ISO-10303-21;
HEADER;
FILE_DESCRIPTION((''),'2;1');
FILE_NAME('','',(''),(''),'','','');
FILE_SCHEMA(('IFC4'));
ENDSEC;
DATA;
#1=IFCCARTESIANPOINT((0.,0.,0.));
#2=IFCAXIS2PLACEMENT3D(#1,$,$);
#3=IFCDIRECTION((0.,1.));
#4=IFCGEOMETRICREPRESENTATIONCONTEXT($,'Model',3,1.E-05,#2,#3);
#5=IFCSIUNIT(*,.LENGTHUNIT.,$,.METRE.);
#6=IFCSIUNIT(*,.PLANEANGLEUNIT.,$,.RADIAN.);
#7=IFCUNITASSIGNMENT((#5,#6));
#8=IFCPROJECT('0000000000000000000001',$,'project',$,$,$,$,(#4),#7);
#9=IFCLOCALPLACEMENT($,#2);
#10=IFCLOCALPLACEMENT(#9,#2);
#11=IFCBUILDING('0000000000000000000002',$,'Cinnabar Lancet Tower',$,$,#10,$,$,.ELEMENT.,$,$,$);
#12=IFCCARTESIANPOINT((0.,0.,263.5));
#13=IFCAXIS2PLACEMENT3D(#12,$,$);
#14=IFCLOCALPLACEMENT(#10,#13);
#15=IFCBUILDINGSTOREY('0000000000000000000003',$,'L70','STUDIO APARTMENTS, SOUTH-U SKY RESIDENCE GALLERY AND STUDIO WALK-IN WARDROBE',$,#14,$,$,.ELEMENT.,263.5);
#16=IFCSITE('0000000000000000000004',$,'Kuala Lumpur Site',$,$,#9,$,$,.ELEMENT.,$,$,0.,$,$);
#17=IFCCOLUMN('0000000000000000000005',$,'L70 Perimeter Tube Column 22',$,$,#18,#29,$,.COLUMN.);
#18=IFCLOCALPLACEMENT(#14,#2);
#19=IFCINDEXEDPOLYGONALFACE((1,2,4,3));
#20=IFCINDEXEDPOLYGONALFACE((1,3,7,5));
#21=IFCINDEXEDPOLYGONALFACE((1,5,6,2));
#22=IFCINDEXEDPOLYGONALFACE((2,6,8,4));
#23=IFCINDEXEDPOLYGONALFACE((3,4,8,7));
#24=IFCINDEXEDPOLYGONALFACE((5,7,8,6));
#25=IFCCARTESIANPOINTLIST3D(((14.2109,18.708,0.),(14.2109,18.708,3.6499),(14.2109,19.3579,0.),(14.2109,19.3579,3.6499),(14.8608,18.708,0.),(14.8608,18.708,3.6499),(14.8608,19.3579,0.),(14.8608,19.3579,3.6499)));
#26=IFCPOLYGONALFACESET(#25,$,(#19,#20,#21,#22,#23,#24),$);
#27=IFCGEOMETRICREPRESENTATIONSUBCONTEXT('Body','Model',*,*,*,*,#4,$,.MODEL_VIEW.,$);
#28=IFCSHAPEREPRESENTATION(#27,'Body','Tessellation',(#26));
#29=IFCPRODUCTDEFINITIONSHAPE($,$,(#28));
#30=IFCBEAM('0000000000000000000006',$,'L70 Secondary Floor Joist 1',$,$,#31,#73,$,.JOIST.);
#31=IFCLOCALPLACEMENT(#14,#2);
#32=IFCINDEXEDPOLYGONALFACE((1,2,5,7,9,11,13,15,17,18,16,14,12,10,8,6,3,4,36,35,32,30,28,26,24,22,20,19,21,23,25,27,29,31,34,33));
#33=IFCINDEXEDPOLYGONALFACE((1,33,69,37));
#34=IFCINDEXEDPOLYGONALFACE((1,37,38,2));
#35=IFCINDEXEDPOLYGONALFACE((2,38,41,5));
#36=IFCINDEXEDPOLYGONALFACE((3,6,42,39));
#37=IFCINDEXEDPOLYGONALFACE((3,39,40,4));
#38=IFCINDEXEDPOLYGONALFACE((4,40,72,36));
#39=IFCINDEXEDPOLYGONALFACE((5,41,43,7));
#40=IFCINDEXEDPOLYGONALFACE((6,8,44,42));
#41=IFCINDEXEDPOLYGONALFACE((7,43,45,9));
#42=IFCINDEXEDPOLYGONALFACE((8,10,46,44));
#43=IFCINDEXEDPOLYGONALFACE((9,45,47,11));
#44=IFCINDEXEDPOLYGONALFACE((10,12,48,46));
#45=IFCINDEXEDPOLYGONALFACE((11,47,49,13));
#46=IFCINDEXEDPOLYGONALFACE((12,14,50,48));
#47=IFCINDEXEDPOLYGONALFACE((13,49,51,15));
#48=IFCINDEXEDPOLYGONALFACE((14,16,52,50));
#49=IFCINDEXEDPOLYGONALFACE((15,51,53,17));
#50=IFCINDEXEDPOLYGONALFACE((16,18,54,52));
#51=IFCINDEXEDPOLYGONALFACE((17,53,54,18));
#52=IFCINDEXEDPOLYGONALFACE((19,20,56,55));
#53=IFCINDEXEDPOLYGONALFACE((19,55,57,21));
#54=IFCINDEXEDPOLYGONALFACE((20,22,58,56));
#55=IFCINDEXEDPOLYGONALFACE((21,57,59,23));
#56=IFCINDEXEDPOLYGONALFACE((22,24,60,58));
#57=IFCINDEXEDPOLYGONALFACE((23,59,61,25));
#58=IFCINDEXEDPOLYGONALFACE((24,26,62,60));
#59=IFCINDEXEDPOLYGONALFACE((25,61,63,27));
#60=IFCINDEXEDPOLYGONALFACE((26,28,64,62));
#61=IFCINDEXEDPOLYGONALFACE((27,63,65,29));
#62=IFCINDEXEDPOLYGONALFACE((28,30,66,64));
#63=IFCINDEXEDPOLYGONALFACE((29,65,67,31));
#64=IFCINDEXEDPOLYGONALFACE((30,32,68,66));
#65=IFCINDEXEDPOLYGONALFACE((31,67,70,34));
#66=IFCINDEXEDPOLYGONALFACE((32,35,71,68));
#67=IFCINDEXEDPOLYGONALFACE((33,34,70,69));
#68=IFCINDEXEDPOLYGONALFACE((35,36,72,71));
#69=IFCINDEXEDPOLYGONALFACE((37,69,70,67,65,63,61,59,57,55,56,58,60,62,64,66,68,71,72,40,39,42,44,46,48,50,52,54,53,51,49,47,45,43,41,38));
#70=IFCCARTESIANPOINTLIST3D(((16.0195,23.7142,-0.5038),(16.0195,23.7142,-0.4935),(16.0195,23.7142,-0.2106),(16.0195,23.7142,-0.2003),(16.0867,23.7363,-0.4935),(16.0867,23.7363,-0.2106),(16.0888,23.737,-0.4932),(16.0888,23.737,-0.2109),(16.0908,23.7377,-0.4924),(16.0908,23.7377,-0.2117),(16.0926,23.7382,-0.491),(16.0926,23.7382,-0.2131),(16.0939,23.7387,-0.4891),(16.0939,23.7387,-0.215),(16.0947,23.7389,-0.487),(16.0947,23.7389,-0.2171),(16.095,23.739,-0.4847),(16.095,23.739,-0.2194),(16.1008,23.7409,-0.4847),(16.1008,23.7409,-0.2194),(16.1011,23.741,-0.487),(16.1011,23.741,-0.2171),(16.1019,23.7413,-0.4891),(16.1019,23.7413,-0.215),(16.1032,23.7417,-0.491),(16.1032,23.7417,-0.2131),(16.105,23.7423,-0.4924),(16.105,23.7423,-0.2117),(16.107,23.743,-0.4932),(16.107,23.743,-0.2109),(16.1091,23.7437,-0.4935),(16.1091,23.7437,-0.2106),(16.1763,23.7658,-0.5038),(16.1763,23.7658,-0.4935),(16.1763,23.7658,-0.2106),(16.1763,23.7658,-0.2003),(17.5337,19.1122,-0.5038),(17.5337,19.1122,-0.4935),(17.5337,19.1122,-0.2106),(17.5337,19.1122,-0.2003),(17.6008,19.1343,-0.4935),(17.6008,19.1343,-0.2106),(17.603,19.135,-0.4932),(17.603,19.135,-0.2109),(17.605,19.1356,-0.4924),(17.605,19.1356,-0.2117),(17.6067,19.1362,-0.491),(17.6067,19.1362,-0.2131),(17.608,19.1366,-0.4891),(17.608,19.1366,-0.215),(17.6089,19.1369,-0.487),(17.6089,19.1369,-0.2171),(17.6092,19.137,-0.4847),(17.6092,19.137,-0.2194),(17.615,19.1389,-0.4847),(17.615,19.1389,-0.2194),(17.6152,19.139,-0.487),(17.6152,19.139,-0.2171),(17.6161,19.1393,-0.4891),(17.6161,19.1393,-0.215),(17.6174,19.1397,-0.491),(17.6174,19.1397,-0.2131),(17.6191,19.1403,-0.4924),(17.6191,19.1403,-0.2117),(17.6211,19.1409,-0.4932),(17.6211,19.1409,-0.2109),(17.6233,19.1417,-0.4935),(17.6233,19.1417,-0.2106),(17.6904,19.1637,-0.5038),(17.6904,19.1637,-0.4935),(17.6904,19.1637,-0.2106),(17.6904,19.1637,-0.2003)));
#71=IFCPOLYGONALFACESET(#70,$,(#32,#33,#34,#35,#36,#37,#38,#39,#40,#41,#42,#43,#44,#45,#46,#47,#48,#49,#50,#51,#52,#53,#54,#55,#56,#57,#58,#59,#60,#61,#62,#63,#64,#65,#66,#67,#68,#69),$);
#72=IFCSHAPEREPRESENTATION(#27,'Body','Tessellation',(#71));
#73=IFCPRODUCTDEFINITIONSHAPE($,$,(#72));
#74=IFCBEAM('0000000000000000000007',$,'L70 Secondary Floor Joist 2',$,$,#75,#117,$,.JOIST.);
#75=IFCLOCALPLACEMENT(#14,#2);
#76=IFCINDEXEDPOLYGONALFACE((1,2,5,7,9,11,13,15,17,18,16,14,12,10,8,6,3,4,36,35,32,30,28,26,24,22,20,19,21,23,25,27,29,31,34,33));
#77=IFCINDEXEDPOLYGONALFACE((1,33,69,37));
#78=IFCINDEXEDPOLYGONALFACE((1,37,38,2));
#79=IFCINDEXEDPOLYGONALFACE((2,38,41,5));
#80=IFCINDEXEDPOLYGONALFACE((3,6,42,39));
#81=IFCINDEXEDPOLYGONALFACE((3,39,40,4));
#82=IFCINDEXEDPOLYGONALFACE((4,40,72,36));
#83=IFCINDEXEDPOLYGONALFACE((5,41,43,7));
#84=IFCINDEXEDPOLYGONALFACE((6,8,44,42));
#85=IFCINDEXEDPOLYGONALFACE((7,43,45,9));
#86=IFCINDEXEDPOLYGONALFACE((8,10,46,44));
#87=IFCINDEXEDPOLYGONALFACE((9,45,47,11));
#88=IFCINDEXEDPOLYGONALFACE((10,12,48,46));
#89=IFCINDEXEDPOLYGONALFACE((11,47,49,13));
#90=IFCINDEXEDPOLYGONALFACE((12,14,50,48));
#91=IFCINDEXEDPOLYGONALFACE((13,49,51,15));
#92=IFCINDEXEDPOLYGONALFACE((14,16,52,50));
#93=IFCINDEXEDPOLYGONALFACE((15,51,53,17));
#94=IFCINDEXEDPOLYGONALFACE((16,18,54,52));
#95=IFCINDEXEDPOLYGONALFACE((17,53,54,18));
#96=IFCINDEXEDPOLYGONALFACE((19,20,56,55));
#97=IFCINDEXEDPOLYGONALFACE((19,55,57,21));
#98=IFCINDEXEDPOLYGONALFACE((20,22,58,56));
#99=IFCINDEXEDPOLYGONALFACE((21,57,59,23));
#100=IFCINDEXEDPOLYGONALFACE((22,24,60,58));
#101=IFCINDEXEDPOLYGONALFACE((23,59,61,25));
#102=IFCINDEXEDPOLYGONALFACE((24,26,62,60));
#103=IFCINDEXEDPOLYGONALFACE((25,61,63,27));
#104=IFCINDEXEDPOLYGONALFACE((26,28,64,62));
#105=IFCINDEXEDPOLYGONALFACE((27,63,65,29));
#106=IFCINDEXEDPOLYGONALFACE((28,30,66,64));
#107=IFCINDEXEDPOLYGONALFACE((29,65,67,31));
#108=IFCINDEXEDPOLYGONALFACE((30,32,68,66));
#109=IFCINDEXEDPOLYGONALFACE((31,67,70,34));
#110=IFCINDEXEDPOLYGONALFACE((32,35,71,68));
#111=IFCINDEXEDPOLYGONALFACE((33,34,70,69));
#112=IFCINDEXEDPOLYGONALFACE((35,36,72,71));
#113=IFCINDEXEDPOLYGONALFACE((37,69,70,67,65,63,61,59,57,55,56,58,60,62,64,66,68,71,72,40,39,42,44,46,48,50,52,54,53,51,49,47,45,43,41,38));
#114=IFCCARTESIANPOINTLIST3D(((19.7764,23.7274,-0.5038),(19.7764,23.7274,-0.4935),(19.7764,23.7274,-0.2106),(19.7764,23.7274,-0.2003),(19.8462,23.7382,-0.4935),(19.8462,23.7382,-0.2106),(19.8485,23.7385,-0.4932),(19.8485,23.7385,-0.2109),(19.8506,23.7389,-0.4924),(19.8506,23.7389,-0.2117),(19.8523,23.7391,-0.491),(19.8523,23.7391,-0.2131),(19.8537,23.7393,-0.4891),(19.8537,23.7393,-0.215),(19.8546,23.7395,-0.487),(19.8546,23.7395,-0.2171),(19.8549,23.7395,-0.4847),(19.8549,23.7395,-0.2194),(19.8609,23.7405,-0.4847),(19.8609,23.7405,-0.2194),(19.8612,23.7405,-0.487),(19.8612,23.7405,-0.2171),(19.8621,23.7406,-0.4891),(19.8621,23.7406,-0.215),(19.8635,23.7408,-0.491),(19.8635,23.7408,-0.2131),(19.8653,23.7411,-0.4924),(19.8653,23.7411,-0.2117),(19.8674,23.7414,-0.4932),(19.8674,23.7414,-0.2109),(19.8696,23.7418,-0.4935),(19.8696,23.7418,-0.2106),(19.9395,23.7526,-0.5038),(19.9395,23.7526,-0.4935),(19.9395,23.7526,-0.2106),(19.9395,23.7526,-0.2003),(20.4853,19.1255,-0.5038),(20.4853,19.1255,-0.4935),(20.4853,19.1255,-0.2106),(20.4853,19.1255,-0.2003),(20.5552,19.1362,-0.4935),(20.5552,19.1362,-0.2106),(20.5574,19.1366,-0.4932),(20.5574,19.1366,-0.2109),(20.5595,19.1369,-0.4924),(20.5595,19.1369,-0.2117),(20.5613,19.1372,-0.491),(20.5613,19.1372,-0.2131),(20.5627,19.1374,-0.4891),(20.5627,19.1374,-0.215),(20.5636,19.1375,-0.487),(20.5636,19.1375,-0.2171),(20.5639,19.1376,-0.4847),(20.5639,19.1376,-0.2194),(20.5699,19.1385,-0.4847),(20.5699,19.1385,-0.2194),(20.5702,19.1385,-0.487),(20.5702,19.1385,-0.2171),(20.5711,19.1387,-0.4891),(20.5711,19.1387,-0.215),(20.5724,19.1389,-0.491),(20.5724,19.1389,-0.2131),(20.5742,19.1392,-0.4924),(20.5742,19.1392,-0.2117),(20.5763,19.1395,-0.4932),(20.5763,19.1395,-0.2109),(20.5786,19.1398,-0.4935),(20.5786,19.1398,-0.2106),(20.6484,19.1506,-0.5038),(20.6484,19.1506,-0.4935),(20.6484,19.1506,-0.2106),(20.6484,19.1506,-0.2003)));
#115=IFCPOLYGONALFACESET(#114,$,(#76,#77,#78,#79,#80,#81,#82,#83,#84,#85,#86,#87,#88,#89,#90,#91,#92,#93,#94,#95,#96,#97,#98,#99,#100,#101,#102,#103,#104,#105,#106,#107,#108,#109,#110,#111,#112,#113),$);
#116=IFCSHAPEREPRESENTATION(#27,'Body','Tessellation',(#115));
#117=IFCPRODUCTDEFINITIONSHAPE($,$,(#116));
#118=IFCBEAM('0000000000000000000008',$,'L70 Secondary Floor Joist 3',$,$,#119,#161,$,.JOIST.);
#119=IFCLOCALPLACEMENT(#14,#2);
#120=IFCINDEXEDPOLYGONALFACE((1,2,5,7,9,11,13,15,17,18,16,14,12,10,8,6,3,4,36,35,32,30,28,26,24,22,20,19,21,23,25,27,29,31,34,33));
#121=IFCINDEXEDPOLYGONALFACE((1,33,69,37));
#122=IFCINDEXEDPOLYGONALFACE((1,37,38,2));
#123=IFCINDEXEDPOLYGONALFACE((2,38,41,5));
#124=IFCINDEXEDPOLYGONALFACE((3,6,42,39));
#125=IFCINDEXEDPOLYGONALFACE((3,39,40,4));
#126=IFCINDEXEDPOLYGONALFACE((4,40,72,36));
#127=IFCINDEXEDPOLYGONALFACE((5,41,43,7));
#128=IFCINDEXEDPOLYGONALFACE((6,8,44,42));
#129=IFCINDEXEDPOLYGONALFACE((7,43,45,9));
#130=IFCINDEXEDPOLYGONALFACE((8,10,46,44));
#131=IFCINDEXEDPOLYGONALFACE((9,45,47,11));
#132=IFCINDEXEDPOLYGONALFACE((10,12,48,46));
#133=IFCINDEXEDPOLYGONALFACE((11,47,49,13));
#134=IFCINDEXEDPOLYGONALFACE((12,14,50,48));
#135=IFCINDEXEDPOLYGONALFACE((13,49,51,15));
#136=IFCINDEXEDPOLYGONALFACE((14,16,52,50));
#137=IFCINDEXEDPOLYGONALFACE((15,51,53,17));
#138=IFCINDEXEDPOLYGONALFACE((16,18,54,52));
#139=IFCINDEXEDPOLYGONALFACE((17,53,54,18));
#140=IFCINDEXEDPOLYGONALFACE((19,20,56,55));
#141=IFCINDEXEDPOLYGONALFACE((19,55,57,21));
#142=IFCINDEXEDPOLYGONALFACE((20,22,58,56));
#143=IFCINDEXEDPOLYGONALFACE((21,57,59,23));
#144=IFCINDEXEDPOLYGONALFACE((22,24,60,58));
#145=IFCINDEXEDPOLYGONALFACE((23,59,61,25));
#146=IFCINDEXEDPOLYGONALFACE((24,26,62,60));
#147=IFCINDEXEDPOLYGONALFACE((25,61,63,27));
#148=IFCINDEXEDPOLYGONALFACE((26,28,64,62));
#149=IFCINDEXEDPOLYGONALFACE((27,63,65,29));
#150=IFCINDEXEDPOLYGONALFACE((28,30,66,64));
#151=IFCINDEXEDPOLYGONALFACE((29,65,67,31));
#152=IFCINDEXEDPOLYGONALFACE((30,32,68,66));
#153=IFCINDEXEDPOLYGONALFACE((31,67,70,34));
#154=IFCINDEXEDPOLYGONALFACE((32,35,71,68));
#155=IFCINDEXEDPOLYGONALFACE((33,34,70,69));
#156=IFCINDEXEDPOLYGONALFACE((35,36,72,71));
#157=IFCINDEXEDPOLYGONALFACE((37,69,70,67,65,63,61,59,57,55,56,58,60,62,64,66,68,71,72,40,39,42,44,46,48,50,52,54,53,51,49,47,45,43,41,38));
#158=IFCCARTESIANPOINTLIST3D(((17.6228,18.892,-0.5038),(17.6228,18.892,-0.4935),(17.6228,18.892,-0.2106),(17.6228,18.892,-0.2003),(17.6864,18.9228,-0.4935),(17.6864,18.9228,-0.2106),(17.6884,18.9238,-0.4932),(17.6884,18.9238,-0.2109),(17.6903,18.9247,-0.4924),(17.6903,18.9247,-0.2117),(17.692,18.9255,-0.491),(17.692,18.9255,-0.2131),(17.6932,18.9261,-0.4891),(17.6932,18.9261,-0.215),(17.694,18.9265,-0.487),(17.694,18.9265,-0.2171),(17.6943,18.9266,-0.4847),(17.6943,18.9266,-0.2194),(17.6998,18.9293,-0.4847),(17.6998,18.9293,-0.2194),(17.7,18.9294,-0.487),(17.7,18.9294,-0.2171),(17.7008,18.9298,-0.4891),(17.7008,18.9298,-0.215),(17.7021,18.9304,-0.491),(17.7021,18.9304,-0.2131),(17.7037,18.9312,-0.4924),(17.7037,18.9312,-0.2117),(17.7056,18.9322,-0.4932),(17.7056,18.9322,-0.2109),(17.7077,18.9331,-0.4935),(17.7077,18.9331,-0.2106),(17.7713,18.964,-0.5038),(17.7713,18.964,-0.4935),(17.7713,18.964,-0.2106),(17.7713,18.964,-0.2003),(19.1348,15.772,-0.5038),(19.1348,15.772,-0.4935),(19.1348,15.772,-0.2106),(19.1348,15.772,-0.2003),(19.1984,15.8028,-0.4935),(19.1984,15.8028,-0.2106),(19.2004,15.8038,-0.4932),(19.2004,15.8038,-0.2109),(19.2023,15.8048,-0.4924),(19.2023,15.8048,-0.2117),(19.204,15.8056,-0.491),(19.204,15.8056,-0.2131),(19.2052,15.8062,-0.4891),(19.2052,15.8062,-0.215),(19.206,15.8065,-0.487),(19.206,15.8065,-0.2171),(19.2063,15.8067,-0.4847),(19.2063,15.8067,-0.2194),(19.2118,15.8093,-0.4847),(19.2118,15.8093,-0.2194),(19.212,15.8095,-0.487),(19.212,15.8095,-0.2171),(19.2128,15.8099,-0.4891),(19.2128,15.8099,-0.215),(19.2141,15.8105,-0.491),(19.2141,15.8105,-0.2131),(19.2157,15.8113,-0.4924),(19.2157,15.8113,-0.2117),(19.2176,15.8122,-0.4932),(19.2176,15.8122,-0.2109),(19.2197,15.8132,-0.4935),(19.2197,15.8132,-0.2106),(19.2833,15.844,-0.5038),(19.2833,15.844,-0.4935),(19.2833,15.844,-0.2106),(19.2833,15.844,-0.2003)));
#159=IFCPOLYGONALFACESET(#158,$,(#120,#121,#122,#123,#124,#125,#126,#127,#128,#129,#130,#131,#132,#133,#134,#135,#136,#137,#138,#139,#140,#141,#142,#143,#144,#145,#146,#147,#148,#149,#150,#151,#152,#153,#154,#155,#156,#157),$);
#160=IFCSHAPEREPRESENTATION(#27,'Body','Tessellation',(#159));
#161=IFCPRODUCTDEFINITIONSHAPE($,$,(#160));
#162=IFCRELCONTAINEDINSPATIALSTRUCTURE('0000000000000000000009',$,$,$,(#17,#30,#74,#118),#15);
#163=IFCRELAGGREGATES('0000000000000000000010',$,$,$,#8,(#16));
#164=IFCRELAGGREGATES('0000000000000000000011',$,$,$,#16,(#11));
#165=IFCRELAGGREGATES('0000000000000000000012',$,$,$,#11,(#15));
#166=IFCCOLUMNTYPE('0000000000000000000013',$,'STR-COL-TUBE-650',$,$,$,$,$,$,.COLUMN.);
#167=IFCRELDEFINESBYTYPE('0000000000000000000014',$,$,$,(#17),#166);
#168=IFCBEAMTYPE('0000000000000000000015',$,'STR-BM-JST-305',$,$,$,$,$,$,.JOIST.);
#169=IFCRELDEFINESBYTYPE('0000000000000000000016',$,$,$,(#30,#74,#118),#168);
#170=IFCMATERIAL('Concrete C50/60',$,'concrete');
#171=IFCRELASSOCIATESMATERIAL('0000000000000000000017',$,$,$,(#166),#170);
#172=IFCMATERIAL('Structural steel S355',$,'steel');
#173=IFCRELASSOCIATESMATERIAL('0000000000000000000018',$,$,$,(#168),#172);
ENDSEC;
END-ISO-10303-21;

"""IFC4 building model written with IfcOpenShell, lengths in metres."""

from ifc_helpers import new_model, si_unit, direction, frame, origin, origin_2d, place, context, subcontext, project, spatial, rectangle, i_section, extrude, material, material_profile, profile_set, type_object, element, save


model = new_model("IFC4")

# Units and contexts
model_context = context("Model", 3, precision=1e-05, world=origin(), true_north=direction((0.0, 1.0)))
body_context = subcontext(model_context, "Body", "Model", "MODEL_VIEW")
ifc_project = project(units=[si_unit("LENGTHUNIT", "METRE"), si_unit("PLANEANGLEUNIT", "RADIAN")], contexts=[model_context])

# Site, building, storey
site_placement = place(None, origin())
site = spatial("IfcSite", under=ifc_project, at=site_placement, Name="Kuala Lumpur Site", CompositionType="ELEMENT", RefElevation=0.0)
building_placement = place(site_placement, origin())
building = spatial("IfcBuilding", under=site, at=building_placement, Name="Cinnabar Lancet Tower", CompositionType="ELEMENT")
storey_placement = place(building_placement, frame((0.0, 0.0, 263.5)))
storey = spatial("IfcBuildingStorey", under=building, at=storey_placement, Name="L70", Description="STUDIO APARTMENTS, SOUTH-U SKY RESIDENCE GALLERY AND STUDIO WALK-IN WARDROBE", CompositionType="ELEMENT", Elevation=263.5)

# Column
ifc_material_1 = material(Name="Concrete C50/60", Category="concrete")
ifc_material_profile_1 = material_profile(ifc_material_1, rectangle(XDim=0.6499, YDim=0.6499, at=origin_2d()), Name="RC-COL 650x650")
ifc_profile_set_1 = profile_set([ifc_material_profile_1], Name="Concrete C50/60")
column_type = type_object("IfcColumnType", Name="STR-COL-TUBE-650", PredefinedType="COLUMN", material=ifc_profile_set_1)
column_placement = place(storey_placement, frame((14.5359, 19.033, 0.0), z_axis=(0.0, 0.0, 1.0), x_axis=(1.0, 0.0, 0.0)))
element("IfcColumn", 1, at=column_placement, inside=storey, type_object=column_type, Name="L70 Perimeter Tube Column 22", PredefinedType="COLUMN", context=body_context, shape_type="SweptSolid", body=[
    extrude(rectangle(XDim=0.6499, YDim=0.6499, at=origin_2d()), origin(), (0.0, 0.0, 1.0), 3.6499),
])

# Beams
ifc_material_2 = material(Name="Structural steel S355", Category="steel")
ifc_material_profile_2 = material_profile(ifc_material_2, i_section(OverallWidth=0.165, OverallDepth=0.3035, WebThickness=0.0061, FlangeThickness=0.0103, FilletRadius=0.0088, at=origin_2d()), Name="UKB 305x165x40")
ifc_profile_set_2 = profile_set([ifc_material_profile_2], Name="Structural steel S355")
beam_type_1 = type_object("IfcBeamType", Name="STR-BM-JST-305", PredefinedType="JOIST", material=ifc_profile_set_2)
beam_1_placement = place(storey_placement, frame((16.0979, 23.74, -0.3521), z_axis=(0.312537, -0.949906, 0.0), x_axis=(0.949906, 0.312537, 0.0)))
element("IfcBeam", 2, at=beam_1_placement, inside=storey, type_object=beam_type_1, Name="L70 Secondary Floor Joist 1", PredefinedType="JOIST", context=body_context, shape_type="SweptSolid", body=[
    extrude(i_section(OverallWidth=0.165, OverallDepth=0.3035, WebThickness=0.0061, FlangeThickness=0.0103, FilletRadius=0.0088, at=origin_2d()), origin(), (0.0, 0.0, 1.0), 4.8447),
])
beam_2_placement = place(storey_placement, frame((19.8579, 23.74, -0.3521), z_axis=(0.152262, -0.98834, 0.0), x_axis=(0.98834, 0.152262, 0.0)))
element("IfcBeam", 3, at=beam_2_placement, inside=storey, type_object=beam_type_1, Name="L70 Secondary Floor Joist 2", PredefinedType="JOIST", context=body_context, shape_type="SweptSolid", body=[
    extrude(i_section(OverallWidth=0.165, OverallDepth=0.3035, WebThickness=0.0061, FlangeThickness=0.0103, FilletRadius=0.0088, at=origin_2d()), origin(), (0.0, 0.0, 1.0), 4.6562),
])
beam_3_placement = place(storey_placement, frame((17.697, 18.928, -0.3521), z_axis=(0.436109, -0.899894, 0.0), x_axis=(0.899894, 0.436109, 0.0)))
element("IfcBeam", 4, at=beam_3_placement, inside=storey, type_object=beam_type_1, Name="L70 Secondary Floor Joist 3", PredefinedType="JOIST", context=body_context, shape_type="SweptSolid", body=[
    extrude(i_section(OverallWidth=0.165, OverallDepth=0.3035, WebThickness=0.0061, FlangeThickness=0.0103, FilletRadius=0.0088, at=origin_2d()), origin(), (0.0, 0.0, 1.0), 3.467),
])

save(model, "model.ifc")
